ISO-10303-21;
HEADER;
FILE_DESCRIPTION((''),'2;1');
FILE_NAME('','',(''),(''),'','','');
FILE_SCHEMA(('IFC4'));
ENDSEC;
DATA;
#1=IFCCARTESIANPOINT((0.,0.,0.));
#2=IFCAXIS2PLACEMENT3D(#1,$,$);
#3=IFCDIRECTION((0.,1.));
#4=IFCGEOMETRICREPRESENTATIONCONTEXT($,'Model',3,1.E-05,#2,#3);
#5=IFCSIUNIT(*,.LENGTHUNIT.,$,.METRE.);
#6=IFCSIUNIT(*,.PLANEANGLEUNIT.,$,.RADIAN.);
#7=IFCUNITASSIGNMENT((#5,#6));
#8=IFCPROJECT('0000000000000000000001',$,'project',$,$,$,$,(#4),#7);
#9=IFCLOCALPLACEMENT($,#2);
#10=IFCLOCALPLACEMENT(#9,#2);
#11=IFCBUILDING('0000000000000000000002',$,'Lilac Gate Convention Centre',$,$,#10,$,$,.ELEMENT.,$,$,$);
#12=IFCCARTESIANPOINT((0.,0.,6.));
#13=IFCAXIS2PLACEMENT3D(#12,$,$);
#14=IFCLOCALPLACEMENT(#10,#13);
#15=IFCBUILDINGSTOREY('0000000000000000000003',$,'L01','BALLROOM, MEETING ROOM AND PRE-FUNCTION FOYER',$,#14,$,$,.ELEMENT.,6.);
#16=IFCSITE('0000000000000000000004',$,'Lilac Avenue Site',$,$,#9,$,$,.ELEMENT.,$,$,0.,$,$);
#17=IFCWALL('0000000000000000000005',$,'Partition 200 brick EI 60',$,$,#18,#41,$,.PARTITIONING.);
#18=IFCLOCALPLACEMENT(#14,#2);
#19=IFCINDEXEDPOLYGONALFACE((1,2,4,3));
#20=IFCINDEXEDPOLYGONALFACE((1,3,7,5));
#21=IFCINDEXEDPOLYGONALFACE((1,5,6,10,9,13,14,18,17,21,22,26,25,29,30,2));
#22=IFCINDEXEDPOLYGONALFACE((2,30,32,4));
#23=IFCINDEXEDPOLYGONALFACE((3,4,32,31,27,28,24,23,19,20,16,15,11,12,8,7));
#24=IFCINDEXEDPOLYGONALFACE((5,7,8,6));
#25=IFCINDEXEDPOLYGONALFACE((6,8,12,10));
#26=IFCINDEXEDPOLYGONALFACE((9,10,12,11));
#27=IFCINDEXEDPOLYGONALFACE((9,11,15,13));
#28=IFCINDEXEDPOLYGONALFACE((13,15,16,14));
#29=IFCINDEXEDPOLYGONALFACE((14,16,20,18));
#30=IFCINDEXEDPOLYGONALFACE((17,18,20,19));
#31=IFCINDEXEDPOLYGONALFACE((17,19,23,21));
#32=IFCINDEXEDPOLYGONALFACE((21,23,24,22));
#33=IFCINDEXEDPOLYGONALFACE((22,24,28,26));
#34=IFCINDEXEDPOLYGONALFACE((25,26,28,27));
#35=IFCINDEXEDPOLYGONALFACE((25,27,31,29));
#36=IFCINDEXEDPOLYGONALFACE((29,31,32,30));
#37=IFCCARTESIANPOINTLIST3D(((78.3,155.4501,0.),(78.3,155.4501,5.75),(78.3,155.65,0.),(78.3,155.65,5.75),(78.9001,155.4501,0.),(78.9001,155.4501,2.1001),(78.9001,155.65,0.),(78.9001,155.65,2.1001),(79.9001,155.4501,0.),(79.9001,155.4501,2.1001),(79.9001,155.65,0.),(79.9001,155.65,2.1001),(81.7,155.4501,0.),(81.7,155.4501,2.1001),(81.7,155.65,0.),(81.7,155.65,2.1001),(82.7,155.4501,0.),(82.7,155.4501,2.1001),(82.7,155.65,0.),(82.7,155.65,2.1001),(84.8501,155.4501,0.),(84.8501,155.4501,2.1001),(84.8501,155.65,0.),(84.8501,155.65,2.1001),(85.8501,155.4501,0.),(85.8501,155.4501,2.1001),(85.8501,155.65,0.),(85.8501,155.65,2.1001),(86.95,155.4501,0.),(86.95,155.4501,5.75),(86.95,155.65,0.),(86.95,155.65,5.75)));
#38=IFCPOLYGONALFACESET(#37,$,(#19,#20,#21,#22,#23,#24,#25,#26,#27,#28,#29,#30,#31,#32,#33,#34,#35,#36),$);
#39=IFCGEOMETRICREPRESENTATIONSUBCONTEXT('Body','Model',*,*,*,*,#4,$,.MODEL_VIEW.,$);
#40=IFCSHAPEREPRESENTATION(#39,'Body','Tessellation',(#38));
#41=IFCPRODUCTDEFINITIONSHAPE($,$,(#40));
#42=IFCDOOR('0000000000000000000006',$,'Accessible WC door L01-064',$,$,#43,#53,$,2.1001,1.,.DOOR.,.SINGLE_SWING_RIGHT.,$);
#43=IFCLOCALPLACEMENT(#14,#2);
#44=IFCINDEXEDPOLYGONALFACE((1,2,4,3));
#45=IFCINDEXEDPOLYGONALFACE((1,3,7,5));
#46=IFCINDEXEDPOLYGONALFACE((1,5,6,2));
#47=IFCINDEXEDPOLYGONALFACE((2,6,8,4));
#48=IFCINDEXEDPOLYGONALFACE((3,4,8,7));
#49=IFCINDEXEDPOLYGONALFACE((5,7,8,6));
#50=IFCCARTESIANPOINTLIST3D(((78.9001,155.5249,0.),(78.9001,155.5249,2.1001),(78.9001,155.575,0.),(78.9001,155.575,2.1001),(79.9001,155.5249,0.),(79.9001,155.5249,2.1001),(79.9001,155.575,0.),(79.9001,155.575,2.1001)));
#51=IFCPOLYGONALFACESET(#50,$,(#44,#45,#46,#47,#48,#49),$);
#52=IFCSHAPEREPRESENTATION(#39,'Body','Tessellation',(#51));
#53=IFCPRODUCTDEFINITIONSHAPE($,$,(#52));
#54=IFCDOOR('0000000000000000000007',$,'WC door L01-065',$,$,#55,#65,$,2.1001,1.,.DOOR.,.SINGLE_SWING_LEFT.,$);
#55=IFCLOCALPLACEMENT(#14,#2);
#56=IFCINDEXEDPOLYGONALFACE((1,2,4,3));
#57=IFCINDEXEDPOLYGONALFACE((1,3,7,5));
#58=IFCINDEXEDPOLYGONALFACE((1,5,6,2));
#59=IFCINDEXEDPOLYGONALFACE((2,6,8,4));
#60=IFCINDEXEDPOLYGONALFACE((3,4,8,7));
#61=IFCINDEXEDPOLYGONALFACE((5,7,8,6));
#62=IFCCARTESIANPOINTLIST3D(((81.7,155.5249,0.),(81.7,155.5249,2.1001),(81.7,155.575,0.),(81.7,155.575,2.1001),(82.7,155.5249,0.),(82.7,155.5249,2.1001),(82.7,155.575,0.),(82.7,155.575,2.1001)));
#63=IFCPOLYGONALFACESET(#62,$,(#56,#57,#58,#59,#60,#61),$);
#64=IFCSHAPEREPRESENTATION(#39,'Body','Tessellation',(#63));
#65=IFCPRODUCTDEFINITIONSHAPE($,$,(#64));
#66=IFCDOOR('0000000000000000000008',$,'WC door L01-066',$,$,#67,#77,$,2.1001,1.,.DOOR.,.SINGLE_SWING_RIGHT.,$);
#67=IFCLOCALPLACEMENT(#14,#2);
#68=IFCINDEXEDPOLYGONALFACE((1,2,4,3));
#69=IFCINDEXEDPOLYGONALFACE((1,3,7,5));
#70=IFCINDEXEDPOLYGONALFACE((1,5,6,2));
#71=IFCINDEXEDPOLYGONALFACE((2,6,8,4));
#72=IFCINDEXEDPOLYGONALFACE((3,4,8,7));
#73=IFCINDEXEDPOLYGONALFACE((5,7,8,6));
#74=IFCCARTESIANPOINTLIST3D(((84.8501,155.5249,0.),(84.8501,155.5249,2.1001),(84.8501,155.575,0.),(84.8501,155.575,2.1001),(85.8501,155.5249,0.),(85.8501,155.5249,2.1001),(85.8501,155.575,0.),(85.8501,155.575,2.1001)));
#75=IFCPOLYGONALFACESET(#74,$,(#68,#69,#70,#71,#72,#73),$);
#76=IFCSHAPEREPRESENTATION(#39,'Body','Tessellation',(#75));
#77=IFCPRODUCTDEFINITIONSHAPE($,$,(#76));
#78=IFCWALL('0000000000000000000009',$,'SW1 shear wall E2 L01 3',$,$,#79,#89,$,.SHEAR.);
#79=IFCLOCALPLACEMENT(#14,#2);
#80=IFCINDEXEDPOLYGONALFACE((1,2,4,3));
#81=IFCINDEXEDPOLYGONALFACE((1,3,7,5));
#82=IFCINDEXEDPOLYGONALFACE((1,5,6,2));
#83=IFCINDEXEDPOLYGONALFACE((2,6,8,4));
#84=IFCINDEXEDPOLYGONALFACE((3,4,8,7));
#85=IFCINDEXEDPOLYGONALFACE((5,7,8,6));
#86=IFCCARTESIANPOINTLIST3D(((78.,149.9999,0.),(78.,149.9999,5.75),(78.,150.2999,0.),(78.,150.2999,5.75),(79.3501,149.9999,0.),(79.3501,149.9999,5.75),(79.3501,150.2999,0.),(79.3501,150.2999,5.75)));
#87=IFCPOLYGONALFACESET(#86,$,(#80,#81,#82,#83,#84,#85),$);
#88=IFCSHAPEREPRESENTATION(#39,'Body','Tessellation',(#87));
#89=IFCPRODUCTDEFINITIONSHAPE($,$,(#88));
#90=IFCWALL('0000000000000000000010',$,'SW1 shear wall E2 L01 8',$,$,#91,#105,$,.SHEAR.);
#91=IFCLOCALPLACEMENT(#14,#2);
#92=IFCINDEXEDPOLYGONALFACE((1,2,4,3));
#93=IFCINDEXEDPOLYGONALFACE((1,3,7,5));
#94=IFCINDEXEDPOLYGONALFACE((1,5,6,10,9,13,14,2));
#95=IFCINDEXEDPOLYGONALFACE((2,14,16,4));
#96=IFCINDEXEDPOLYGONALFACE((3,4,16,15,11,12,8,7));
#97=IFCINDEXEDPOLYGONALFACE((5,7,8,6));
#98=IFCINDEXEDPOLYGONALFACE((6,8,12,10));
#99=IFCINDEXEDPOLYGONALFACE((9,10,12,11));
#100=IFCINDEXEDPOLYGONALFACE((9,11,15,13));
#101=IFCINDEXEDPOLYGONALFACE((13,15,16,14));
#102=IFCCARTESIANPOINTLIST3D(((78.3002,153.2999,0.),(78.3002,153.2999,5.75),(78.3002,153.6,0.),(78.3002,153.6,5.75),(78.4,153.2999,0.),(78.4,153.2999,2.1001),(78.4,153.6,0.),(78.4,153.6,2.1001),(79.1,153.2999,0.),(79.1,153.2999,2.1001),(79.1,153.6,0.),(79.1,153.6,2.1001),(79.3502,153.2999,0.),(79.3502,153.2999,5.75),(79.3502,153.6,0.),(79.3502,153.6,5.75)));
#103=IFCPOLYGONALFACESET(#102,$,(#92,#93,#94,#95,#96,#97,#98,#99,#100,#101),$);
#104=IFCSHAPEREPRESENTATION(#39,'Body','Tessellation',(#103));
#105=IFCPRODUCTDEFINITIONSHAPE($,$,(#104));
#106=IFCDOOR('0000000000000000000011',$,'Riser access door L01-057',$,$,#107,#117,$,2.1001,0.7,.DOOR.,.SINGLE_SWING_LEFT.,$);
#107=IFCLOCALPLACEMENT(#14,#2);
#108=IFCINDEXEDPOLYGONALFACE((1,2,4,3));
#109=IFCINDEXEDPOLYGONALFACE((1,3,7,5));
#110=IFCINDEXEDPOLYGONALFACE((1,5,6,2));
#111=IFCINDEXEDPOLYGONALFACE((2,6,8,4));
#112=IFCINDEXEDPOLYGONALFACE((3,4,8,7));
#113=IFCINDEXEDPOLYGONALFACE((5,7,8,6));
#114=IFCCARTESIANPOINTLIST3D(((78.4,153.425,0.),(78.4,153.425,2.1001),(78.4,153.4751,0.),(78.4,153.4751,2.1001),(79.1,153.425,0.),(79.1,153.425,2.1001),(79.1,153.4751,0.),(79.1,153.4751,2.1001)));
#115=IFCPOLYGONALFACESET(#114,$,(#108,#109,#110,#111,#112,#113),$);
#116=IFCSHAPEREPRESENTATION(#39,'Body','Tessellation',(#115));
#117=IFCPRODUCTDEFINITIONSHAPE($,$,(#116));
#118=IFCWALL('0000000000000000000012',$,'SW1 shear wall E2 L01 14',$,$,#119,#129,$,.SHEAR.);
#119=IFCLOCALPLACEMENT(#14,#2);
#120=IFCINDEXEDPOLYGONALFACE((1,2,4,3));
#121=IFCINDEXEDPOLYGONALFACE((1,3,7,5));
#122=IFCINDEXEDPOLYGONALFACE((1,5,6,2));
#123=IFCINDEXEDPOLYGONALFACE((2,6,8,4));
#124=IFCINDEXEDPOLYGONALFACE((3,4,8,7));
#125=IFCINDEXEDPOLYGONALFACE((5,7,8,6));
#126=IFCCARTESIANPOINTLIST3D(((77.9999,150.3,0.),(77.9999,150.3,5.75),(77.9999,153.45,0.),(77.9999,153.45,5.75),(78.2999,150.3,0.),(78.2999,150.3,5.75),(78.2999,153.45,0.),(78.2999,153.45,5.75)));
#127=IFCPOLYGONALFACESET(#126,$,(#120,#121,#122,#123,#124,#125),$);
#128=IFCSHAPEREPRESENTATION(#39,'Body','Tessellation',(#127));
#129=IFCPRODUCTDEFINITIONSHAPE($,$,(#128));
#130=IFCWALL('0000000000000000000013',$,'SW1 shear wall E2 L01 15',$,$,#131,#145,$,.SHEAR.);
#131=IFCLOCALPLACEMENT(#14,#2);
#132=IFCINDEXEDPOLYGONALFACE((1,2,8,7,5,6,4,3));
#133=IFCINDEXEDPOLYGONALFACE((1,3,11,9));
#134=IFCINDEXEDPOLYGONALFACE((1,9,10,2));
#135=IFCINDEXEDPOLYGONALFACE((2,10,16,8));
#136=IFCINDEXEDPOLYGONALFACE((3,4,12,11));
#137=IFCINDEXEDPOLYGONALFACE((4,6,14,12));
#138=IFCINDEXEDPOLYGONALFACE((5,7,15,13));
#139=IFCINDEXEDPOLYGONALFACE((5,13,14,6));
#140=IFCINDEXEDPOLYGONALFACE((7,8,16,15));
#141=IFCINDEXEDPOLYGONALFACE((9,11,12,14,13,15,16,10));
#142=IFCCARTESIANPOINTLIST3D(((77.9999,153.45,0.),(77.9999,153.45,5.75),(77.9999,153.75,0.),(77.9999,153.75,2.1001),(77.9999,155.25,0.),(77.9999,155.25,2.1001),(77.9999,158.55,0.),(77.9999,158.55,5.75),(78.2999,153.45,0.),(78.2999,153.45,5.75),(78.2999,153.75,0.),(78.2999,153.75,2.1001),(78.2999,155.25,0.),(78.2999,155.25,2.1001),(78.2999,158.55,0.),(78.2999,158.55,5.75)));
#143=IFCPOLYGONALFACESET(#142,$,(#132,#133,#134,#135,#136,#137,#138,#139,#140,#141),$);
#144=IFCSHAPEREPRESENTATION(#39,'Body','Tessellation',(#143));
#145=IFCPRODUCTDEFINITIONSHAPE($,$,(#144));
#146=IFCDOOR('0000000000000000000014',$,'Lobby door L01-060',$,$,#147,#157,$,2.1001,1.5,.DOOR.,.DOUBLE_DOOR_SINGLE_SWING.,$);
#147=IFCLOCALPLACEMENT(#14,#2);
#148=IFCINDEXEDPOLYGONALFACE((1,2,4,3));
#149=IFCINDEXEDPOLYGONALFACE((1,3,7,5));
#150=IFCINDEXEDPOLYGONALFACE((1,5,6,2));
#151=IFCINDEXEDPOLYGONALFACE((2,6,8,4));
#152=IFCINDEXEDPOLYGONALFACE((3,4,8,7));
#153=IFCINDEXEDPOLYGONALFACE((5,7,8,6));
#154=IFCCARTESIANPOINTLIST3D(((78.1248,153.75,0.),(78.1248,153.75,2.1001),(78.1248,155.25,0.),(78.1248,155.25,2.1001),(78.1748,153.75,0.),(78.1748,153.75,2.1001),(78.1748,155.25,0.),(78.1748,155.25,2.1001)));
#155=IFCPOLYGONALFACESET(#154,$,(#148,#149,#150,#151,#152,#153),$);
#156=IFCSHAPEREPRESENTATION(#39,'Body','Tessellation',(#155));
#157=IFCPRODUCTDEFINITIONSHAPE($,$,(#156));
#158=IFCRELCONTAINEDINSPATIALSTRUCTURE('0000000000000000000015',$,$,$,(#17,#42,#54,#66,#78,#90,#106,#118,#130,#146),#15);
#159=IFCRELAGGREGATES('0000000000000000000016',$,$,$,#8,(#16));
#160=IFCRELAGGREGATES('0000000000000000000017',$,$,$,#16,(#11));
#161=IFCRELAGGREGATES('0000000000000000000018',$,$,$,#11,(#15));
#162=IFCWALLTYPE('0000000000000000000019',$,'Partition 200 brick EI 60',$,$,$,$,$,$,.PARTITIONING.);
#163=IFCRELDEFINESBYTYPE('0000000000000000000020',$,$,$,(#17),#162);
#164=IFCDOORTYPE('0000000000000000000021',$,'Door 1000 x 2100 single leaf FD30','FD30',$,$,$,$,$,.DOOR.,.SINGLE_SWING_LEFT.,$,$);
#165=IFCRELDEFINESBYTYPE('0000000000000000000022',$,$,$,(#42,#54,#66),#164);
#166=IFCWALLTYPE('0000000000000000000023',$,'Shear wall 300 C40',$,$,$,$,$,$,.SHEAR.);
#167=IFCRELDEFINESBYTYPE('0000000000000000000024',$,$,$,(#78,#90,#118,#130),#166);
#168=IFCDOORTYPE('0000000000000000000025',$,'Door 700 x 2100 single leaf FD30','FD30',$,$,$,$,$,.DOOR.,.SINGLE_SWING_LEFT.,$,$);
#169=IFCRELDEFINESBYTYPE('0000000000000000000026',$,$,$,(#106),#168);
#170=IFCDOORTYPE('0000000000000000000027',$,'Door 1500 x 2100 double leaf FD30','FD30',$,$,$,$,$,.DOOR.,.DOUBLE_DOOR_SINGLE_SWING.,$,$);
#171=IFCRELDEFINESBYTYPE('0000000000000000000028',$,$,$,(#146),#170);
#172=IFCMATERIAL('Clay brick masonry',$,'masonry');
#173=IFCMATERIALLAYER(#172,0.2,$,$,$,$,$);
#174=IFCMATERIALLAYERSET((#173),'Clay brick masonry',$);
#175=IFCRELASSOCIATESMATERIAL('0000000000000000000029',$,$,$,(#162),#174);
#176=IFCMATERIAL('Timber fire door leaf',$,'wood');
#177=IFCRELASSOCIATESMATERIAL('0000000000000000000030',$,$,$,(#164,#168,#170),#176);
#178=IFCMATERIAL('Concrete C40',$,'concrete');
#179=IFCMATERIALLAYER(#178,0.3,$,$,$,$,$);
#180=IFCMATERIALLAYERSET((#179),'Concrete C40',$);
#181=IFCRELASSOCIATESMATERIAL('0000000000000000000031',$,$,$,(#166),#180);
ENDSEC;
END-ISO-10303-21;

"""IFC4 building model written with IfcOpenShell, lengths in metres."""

from ifc_helpers import new_model, si_unit, direction, frame, frame_2d, origin, place, context, subcontext, project, spatial, rectangle, extrude, material, layer, layer_set, type_object, element, fill, save


model = new_model("IFC4")

# Units and contexts
model_context = context("Model", 3, precision=1e-05, world=origin(), true_north=direction((0.0, 1.0)))
body_context = subcontext(model_context, "Body", "Model", "MODEL_VIEW")
ifc_project = project(units=[si_unit("LENGTHUNIT", "METRE"), si_unit("PLANEANGLEUNIT", "RADIAN")], contexts=[model_context])

# Site, building, storey
site_placement = place(None, origin())
site = spatial("IfcSite", under=ifc_project, at=site_placement, Name="Lilac Avenue Site", CompositionType="ELEMENT", RefElevation=0.0)
building_placement = place(site_placement, origin())
building = spatial("IfcBuilding", under=site, at=building_placement, Name="Lilac Gate Convention Centre", CompositionType="ELEMENT")
storey_placement = place(building_placement, frame((0.0, 0.0, 6.0)))
storey = spatial("IfcBuildingStorey", under=building, at=storey_placement, Name="L01", Description="BALLROOM, MEETING ROOM AND PRE-FUNCTION FOYER", CompositionType="ELEMENT", Elevation=6.0)

# Shared definitions
ifc_material_1 = material(Name="Concrete C40", Category="concrete")

# Shared definitions
ifc_material_2 = material(Name="Clay brick masonry", Category="masonry")

# Wall, openings, doors
ifc_layer_1 = layer(ifc_material_2, 0.2)
ifc_layer_set_1 = layer_set([ifc_layer_1], Name="Clay brick masonry")
wall_type_1 = type_object("IfcWallType", Name="Partition 200 brick EI 60", PredefinedType="PARTITIONING", material=ifc_layer_set_1)
wall_1_placement = place(storey_placement, frame((78.3, 155.55, 0.0), z_axis=(0.0, 0.0, 1.0), x_axis=(1.0, 0.0, 0.0)))
wall_1 = element("IfcWall", 1, at=wall_1_placement, inside=storey, type_object=wall_type_1, Name="Partition 200 brick EI 60", PredefinedType="PARTITIONING", context=body_context, shape_type="SweptSolid", body=[
    extrude(rectangle(XDim=8.6499, YDim=0.2, at=frame_2d((4.325, 0.0))), origin(), (0.0, 0.0, 1.0), 5.75),
])
opening_1_placement = place(wall_1_placement, frame((0.6001, 0.0, 0.0)))
opening_1 = element("IfcOpeningElement", 2, at=opening_1_placement, cuts=wall_1, PredefinedType="OPENING", context=body_context, shape_type="SweptSolid", body=[
    extrude(rectangle(XDim=1.0, YDim=2.1001, at=frame_2d((0.5, 1.05))), frame((0.0, 0.1099, 0.0), z_axis=(0.0, -1.0, 0.0), x_axis=(1.0, 0.0, 0.0)), (0.0, 0.0, 1.0), 0.22),
])
opening_2_placement = place(wall_1_placement, frame((3.3999, 0.0, 0.0)))
opening_2 = element("IfcOpeningElement", 3, at=opening_2_placement, cuts=wall_1, PredefinedType="OPENING", context=body_context, shape_type="SweptSolid", body=[
    extrude(rectangle(XDim=1.0, YDim=2.1001, at=frame_2d((0.5, 1.05))), frame((0.0, 0.1099, 0.0), z_axis=(0.0, -1.0, 0.0), x_axis=(1.0, 0.0, 0.0)), (0.0, 0.0, 1.0), 0.22),
])
opening_3_placement = place(wall_1_placement, frame((6.55, 0.0, 0.0)))
opening_3 = element("IfcOpeningElement", 4, at=opening_3_placement, cuts=wall_1, PredefinedType="OPENING", context=body_context, shape_type="SweptSolid", body=[
    extrude(rectangle(XDim=1.0, YDim=2.1001, at=frame_2d((0.5, 1.05))), frame((0.0, 0.1099, 0.0), z_axis=(0.0, -1.0, 0.0), x_axis=(1.0, 0.0, 0.0)), (0.0, 0.0, 1.0), 0.22),
])
ifc_material_3 = material(Name="Timber fire door leaf", Category="wood")
door_type_1 = type_object("IfcDoorType", Name="Door 1000 x 2100 single leaf FD30", Description="FD30", OperationType="SINGLE_SWING_LEFT", PredefinedType="DOOR", material=ifc_material_3)
door_1_placement = place(opening_1_placement, origin())
door_1 = element("IfcDoor", 5, at=door_1_placement, inside=storey, type_object=door_type_1, Name="Accessible WC door L01-064", OperationType="SINGLE_SWING_RIGHT", OverallHeight=2.1001, OverallWidth=1.0, PredefinedType="DOOR", context=body_context, shape_type="SweptSolid", body=[
    extrude(rectangle(XDim=1.0, YDim=2.1001, at=frame_2d((0.5, 1.05))), frame((0.0, 0.0249, 0.0), z_axis=(0.0, -1.0, 0.0), x_axis=(1.0, 0.0, 0.0)), (0.0, 0.0, 1.0), 0.05),
])
fill(opening_1, door_1)
door_2_placement = place(opening_2_placement, origin())
door_2 = element("IfcDoor", 6, at=door_2_placement, inside=storey, type_object=door_type_1, Name="WC door L01-065", OperationType="SINGLE_SWING_LEFT", OverallHeight=2.1001, OverallWidth=1.0, PredefinedType="DOOR", context=body_context, shape_type="SweptSolid", body=[
    extrude(rectangle(XDim=1.0, YDim=2.1001, at=frame_2d((0.5, 1.05))), frame((0.0, 0.0249, 0.0), z_axis=(0.0, -1.0, 0.0), x_axis=(1.0, 0.0, 0.0)), (0.0, 0.0, 1.0), 0.05),
])
fill(opening_2, door_2)
door_3_placement = place(opening_3_placement, origin())
door_3 = element("IfcDoor", 7, at=door_3_placement, inside=storey, type_object=door_type_1, Name="WC door L01-066", OperationType="SINGLE_SWING_RIGHT", OverallHeight=2.1001, OverallWidth=1.0, PredefinedType="DOOR", context=body_context, shape_type="SweptSolid", body=[
    extrude(rectangle(XDim=1.0, YDim=2.1001, at=frame_2d((0.5, 1.05))), frame((0.0, 0.0249, 0.0), z_axis=(0.0, -1.0, 0.0), x_axis=(1.0, 0.0, 0.0)), (0.0, 0.0, 1.0), 0.05),
])
fill(opening_3, door_3)

# Wall
ifc_layer_2 = layer(ifc_material_1, 0.3)
ifc_layer_set_2 = layer_set([ifc_layer_2], Name="Concrete C40")
wall_type_2 = type_object("IfcWallType", Name="Shear wall 300 C40", PredefinedType="SHEAR", material=ifc_layer_set_2)
wall_2_placement = place(storey_placement, frame((79.3501, 150.1499, 0.0), z_axis=(0.0, 0.0, 1.0), x_axis=(-1.0, 0.0, 0.0)))
element("IfcWall", 8, at=wall_2_placement, inside=storey, type_object=wall_type_2, Name="SW1 shear wall E2 L01 3", PredefinedType="SHEAR", context=body_context, shape_type="SweptSolid", body=[
    extrude(rectangle(XDim=1.3501, YDim=0.3, at=frame_2d((0.675, 0.0))), origin(), (0.0, 0.0, 1.0), 5.75),
])

# Wall, opening, door
wall_3_placement = place(storey_placement, frame((79.3501, 153.45, 0.0), z_axis=(0.0, 0.0, 1.0), x_axis=(-1.0, 0.0, 0.0)))
wall_3 = element("IfcWall", 9, at=wall_3_placement, inside=storey, type_object=wall_type_2, Name="SW1 shear wall E2 L01 8", PredefinedType="SHEAR", context=body_context, shape_type="SweptSolid", body=[
    extrude(rectangle(XDim=1.05, YDim=0.3, at=frame_2d((0.5249, 0.0))), origin(), (0.0, 0.0, 1.0), 5.75),
])
opening_4_placement = place(wall_3_placement, frame((0.25, 0.0, 0.0)))
opening_4 = element("IfcOpeningElement", 10, at=opening_4_placement, cuts=wall_3, PredefinedType="OPENING", context=body_context, shape_type="SweptSolid", body=[
    extrude(rectangle(XDim=0.7, YDim=2.1001, at=frame_2d((0.3501, 1.05))), frame((0.0, 0.1599, 0.0), z_axis=(0.0, -1.0, 0.0), x_axis=(1.0, 0.0, 0.0)), (0.0, 0.0, 1.0), 0.3201),
])
door_type_2 = type_object("IfcDoorType", Name="Door 700 x 2100 single leaf FD30", Description="FD30", OperationType="SINGLE_SWING_LEFT", PredefinedType="DOOR", material=ifc_material_3)
door_4_placement = place(opening_4_placement, origin())
door_4 = element("IfcDoor", 11, at=door_4_placement, inside=storey, type_object=door_type_2, Name="Riser access door L01-057", OperationType="SINGLE_SWING_LEFT", OverallHeight=2.1001, OverallWidth=0.7, PredefinedType="DOOR", context=body_context, shape_type="SweptSolid", body=[
    extrude(rectangle(XDim=0.7, YDim=2.1001, at=frame_2d((0.3501, 1.05))), frame((0.0, 0.0249, 0.0), z_axis=(0.0, -1.0, 0.0), x_axis=(1.0, 0.0, 0.0)), (0.0, 0.0, 1.0), 0.05),
])
fill(opening_4, door_4)

# Wall
wall_4_placement = place(storey_placement, frame((78.1499, 150.3, 0.0), z_axis=(0.0, 0.0, 1.0), x_axis=(0.0, 1.0, 0.0)))
element("IfcWall", 12, at=wall_4_placement, inside=storey, type_object=wall_type_2, Name="SW1 shear wall E2 L01 14", PredefinedType="SHEAR", context=body_context, shape_type="SweptSolid", body=[
    extrude(rectangle(XDim=3.1499, YDim=0.3, at=frame_2d((1.575, 0.0))), origin(), (0.0, 0.0, 1.0), 5.75),
])

# Wall, opening, door
wall_5_placement = place(storey_placement, frame((78.1499, 153.45, 0.0), z_axis=(0.0, 0.0, 1.0), x_axis=(0.0, 1.0, 0.0)))
wall_5 = element("IfcWall", 13, at=wall_5_placement, inside=storey, type_object=wall_type_2, Name="SW1 shear wall E2 L01 15", PredefinedType="SHEAR", context=body_context, shape_type="SweptSolid", body=[
    extrude(rectangle(XDim=5.1001, YDim=0.3, at=frame_2d((2.55, 0.0))), origin(), (0.0, 0.0, 1.0), 5.75),
])
opening_5_placement = place(wall_5_placement, frame((0.3, 0.0, 0.0)))
opening_5 = element("IfcOpeningElement", 14, at=opening_5_placement, cuts=wall_5, PredefinedType="OPENING", context=body_context, shape_type="SweptSolid", body=[
    extrude(rectangle(XDim=1.5, YDim=2.1001, at=frame_2d((0.75, 1.05))), frame((0.0, 0.1599, 0.0), z_axis=(0.0, -1.0, 0.0), x_axis=(1.0, 0.0, 0.0)), (0.0, 0.0, 1.0), 0.3201),
])
door_type_3 = type_object("IfcDoorType", Name="Door 1500 x 2100 double leaf FD30", Description="FD30", OperationType="DOUBLE_DOOR_SINGLE_SWING", PredefinedType="DOOR", material=ifc_material_3)
door_5_placement = place(opening_5_placement, frame((1.5, 0.0, 0.0), z_axis=(0.0, 0.0, 1.0), x_axis=(-1.0, 0.0, 0.0)))
door_5 = element("IfcDoor", 15, at=door_5_placement, inside=storey, type_object=door_type_3, Name="Lobby door L01-060", OperationType="DOUBLE_DOOR_SINGLE_SWING", OverallHeight=2.1001, OverallWidth=1.5, PredefinedType="DOOR", context=body_context, shape_type="SweptSolid", body=[
    extrude(rectangle(XDim=1.5, YDim=2.1001, at=frame_2d((0.75, 1.05))), frame((0.0, 0.0249, 0.0), z_axis=(0.0, -1.0, 0.0), x_axis=(1.0, 0.0, 0.0)), (0.0, 0.0, 1.0), 0.05),
])
fill(opening_5, door_5)

save(model, "model.ifc")
